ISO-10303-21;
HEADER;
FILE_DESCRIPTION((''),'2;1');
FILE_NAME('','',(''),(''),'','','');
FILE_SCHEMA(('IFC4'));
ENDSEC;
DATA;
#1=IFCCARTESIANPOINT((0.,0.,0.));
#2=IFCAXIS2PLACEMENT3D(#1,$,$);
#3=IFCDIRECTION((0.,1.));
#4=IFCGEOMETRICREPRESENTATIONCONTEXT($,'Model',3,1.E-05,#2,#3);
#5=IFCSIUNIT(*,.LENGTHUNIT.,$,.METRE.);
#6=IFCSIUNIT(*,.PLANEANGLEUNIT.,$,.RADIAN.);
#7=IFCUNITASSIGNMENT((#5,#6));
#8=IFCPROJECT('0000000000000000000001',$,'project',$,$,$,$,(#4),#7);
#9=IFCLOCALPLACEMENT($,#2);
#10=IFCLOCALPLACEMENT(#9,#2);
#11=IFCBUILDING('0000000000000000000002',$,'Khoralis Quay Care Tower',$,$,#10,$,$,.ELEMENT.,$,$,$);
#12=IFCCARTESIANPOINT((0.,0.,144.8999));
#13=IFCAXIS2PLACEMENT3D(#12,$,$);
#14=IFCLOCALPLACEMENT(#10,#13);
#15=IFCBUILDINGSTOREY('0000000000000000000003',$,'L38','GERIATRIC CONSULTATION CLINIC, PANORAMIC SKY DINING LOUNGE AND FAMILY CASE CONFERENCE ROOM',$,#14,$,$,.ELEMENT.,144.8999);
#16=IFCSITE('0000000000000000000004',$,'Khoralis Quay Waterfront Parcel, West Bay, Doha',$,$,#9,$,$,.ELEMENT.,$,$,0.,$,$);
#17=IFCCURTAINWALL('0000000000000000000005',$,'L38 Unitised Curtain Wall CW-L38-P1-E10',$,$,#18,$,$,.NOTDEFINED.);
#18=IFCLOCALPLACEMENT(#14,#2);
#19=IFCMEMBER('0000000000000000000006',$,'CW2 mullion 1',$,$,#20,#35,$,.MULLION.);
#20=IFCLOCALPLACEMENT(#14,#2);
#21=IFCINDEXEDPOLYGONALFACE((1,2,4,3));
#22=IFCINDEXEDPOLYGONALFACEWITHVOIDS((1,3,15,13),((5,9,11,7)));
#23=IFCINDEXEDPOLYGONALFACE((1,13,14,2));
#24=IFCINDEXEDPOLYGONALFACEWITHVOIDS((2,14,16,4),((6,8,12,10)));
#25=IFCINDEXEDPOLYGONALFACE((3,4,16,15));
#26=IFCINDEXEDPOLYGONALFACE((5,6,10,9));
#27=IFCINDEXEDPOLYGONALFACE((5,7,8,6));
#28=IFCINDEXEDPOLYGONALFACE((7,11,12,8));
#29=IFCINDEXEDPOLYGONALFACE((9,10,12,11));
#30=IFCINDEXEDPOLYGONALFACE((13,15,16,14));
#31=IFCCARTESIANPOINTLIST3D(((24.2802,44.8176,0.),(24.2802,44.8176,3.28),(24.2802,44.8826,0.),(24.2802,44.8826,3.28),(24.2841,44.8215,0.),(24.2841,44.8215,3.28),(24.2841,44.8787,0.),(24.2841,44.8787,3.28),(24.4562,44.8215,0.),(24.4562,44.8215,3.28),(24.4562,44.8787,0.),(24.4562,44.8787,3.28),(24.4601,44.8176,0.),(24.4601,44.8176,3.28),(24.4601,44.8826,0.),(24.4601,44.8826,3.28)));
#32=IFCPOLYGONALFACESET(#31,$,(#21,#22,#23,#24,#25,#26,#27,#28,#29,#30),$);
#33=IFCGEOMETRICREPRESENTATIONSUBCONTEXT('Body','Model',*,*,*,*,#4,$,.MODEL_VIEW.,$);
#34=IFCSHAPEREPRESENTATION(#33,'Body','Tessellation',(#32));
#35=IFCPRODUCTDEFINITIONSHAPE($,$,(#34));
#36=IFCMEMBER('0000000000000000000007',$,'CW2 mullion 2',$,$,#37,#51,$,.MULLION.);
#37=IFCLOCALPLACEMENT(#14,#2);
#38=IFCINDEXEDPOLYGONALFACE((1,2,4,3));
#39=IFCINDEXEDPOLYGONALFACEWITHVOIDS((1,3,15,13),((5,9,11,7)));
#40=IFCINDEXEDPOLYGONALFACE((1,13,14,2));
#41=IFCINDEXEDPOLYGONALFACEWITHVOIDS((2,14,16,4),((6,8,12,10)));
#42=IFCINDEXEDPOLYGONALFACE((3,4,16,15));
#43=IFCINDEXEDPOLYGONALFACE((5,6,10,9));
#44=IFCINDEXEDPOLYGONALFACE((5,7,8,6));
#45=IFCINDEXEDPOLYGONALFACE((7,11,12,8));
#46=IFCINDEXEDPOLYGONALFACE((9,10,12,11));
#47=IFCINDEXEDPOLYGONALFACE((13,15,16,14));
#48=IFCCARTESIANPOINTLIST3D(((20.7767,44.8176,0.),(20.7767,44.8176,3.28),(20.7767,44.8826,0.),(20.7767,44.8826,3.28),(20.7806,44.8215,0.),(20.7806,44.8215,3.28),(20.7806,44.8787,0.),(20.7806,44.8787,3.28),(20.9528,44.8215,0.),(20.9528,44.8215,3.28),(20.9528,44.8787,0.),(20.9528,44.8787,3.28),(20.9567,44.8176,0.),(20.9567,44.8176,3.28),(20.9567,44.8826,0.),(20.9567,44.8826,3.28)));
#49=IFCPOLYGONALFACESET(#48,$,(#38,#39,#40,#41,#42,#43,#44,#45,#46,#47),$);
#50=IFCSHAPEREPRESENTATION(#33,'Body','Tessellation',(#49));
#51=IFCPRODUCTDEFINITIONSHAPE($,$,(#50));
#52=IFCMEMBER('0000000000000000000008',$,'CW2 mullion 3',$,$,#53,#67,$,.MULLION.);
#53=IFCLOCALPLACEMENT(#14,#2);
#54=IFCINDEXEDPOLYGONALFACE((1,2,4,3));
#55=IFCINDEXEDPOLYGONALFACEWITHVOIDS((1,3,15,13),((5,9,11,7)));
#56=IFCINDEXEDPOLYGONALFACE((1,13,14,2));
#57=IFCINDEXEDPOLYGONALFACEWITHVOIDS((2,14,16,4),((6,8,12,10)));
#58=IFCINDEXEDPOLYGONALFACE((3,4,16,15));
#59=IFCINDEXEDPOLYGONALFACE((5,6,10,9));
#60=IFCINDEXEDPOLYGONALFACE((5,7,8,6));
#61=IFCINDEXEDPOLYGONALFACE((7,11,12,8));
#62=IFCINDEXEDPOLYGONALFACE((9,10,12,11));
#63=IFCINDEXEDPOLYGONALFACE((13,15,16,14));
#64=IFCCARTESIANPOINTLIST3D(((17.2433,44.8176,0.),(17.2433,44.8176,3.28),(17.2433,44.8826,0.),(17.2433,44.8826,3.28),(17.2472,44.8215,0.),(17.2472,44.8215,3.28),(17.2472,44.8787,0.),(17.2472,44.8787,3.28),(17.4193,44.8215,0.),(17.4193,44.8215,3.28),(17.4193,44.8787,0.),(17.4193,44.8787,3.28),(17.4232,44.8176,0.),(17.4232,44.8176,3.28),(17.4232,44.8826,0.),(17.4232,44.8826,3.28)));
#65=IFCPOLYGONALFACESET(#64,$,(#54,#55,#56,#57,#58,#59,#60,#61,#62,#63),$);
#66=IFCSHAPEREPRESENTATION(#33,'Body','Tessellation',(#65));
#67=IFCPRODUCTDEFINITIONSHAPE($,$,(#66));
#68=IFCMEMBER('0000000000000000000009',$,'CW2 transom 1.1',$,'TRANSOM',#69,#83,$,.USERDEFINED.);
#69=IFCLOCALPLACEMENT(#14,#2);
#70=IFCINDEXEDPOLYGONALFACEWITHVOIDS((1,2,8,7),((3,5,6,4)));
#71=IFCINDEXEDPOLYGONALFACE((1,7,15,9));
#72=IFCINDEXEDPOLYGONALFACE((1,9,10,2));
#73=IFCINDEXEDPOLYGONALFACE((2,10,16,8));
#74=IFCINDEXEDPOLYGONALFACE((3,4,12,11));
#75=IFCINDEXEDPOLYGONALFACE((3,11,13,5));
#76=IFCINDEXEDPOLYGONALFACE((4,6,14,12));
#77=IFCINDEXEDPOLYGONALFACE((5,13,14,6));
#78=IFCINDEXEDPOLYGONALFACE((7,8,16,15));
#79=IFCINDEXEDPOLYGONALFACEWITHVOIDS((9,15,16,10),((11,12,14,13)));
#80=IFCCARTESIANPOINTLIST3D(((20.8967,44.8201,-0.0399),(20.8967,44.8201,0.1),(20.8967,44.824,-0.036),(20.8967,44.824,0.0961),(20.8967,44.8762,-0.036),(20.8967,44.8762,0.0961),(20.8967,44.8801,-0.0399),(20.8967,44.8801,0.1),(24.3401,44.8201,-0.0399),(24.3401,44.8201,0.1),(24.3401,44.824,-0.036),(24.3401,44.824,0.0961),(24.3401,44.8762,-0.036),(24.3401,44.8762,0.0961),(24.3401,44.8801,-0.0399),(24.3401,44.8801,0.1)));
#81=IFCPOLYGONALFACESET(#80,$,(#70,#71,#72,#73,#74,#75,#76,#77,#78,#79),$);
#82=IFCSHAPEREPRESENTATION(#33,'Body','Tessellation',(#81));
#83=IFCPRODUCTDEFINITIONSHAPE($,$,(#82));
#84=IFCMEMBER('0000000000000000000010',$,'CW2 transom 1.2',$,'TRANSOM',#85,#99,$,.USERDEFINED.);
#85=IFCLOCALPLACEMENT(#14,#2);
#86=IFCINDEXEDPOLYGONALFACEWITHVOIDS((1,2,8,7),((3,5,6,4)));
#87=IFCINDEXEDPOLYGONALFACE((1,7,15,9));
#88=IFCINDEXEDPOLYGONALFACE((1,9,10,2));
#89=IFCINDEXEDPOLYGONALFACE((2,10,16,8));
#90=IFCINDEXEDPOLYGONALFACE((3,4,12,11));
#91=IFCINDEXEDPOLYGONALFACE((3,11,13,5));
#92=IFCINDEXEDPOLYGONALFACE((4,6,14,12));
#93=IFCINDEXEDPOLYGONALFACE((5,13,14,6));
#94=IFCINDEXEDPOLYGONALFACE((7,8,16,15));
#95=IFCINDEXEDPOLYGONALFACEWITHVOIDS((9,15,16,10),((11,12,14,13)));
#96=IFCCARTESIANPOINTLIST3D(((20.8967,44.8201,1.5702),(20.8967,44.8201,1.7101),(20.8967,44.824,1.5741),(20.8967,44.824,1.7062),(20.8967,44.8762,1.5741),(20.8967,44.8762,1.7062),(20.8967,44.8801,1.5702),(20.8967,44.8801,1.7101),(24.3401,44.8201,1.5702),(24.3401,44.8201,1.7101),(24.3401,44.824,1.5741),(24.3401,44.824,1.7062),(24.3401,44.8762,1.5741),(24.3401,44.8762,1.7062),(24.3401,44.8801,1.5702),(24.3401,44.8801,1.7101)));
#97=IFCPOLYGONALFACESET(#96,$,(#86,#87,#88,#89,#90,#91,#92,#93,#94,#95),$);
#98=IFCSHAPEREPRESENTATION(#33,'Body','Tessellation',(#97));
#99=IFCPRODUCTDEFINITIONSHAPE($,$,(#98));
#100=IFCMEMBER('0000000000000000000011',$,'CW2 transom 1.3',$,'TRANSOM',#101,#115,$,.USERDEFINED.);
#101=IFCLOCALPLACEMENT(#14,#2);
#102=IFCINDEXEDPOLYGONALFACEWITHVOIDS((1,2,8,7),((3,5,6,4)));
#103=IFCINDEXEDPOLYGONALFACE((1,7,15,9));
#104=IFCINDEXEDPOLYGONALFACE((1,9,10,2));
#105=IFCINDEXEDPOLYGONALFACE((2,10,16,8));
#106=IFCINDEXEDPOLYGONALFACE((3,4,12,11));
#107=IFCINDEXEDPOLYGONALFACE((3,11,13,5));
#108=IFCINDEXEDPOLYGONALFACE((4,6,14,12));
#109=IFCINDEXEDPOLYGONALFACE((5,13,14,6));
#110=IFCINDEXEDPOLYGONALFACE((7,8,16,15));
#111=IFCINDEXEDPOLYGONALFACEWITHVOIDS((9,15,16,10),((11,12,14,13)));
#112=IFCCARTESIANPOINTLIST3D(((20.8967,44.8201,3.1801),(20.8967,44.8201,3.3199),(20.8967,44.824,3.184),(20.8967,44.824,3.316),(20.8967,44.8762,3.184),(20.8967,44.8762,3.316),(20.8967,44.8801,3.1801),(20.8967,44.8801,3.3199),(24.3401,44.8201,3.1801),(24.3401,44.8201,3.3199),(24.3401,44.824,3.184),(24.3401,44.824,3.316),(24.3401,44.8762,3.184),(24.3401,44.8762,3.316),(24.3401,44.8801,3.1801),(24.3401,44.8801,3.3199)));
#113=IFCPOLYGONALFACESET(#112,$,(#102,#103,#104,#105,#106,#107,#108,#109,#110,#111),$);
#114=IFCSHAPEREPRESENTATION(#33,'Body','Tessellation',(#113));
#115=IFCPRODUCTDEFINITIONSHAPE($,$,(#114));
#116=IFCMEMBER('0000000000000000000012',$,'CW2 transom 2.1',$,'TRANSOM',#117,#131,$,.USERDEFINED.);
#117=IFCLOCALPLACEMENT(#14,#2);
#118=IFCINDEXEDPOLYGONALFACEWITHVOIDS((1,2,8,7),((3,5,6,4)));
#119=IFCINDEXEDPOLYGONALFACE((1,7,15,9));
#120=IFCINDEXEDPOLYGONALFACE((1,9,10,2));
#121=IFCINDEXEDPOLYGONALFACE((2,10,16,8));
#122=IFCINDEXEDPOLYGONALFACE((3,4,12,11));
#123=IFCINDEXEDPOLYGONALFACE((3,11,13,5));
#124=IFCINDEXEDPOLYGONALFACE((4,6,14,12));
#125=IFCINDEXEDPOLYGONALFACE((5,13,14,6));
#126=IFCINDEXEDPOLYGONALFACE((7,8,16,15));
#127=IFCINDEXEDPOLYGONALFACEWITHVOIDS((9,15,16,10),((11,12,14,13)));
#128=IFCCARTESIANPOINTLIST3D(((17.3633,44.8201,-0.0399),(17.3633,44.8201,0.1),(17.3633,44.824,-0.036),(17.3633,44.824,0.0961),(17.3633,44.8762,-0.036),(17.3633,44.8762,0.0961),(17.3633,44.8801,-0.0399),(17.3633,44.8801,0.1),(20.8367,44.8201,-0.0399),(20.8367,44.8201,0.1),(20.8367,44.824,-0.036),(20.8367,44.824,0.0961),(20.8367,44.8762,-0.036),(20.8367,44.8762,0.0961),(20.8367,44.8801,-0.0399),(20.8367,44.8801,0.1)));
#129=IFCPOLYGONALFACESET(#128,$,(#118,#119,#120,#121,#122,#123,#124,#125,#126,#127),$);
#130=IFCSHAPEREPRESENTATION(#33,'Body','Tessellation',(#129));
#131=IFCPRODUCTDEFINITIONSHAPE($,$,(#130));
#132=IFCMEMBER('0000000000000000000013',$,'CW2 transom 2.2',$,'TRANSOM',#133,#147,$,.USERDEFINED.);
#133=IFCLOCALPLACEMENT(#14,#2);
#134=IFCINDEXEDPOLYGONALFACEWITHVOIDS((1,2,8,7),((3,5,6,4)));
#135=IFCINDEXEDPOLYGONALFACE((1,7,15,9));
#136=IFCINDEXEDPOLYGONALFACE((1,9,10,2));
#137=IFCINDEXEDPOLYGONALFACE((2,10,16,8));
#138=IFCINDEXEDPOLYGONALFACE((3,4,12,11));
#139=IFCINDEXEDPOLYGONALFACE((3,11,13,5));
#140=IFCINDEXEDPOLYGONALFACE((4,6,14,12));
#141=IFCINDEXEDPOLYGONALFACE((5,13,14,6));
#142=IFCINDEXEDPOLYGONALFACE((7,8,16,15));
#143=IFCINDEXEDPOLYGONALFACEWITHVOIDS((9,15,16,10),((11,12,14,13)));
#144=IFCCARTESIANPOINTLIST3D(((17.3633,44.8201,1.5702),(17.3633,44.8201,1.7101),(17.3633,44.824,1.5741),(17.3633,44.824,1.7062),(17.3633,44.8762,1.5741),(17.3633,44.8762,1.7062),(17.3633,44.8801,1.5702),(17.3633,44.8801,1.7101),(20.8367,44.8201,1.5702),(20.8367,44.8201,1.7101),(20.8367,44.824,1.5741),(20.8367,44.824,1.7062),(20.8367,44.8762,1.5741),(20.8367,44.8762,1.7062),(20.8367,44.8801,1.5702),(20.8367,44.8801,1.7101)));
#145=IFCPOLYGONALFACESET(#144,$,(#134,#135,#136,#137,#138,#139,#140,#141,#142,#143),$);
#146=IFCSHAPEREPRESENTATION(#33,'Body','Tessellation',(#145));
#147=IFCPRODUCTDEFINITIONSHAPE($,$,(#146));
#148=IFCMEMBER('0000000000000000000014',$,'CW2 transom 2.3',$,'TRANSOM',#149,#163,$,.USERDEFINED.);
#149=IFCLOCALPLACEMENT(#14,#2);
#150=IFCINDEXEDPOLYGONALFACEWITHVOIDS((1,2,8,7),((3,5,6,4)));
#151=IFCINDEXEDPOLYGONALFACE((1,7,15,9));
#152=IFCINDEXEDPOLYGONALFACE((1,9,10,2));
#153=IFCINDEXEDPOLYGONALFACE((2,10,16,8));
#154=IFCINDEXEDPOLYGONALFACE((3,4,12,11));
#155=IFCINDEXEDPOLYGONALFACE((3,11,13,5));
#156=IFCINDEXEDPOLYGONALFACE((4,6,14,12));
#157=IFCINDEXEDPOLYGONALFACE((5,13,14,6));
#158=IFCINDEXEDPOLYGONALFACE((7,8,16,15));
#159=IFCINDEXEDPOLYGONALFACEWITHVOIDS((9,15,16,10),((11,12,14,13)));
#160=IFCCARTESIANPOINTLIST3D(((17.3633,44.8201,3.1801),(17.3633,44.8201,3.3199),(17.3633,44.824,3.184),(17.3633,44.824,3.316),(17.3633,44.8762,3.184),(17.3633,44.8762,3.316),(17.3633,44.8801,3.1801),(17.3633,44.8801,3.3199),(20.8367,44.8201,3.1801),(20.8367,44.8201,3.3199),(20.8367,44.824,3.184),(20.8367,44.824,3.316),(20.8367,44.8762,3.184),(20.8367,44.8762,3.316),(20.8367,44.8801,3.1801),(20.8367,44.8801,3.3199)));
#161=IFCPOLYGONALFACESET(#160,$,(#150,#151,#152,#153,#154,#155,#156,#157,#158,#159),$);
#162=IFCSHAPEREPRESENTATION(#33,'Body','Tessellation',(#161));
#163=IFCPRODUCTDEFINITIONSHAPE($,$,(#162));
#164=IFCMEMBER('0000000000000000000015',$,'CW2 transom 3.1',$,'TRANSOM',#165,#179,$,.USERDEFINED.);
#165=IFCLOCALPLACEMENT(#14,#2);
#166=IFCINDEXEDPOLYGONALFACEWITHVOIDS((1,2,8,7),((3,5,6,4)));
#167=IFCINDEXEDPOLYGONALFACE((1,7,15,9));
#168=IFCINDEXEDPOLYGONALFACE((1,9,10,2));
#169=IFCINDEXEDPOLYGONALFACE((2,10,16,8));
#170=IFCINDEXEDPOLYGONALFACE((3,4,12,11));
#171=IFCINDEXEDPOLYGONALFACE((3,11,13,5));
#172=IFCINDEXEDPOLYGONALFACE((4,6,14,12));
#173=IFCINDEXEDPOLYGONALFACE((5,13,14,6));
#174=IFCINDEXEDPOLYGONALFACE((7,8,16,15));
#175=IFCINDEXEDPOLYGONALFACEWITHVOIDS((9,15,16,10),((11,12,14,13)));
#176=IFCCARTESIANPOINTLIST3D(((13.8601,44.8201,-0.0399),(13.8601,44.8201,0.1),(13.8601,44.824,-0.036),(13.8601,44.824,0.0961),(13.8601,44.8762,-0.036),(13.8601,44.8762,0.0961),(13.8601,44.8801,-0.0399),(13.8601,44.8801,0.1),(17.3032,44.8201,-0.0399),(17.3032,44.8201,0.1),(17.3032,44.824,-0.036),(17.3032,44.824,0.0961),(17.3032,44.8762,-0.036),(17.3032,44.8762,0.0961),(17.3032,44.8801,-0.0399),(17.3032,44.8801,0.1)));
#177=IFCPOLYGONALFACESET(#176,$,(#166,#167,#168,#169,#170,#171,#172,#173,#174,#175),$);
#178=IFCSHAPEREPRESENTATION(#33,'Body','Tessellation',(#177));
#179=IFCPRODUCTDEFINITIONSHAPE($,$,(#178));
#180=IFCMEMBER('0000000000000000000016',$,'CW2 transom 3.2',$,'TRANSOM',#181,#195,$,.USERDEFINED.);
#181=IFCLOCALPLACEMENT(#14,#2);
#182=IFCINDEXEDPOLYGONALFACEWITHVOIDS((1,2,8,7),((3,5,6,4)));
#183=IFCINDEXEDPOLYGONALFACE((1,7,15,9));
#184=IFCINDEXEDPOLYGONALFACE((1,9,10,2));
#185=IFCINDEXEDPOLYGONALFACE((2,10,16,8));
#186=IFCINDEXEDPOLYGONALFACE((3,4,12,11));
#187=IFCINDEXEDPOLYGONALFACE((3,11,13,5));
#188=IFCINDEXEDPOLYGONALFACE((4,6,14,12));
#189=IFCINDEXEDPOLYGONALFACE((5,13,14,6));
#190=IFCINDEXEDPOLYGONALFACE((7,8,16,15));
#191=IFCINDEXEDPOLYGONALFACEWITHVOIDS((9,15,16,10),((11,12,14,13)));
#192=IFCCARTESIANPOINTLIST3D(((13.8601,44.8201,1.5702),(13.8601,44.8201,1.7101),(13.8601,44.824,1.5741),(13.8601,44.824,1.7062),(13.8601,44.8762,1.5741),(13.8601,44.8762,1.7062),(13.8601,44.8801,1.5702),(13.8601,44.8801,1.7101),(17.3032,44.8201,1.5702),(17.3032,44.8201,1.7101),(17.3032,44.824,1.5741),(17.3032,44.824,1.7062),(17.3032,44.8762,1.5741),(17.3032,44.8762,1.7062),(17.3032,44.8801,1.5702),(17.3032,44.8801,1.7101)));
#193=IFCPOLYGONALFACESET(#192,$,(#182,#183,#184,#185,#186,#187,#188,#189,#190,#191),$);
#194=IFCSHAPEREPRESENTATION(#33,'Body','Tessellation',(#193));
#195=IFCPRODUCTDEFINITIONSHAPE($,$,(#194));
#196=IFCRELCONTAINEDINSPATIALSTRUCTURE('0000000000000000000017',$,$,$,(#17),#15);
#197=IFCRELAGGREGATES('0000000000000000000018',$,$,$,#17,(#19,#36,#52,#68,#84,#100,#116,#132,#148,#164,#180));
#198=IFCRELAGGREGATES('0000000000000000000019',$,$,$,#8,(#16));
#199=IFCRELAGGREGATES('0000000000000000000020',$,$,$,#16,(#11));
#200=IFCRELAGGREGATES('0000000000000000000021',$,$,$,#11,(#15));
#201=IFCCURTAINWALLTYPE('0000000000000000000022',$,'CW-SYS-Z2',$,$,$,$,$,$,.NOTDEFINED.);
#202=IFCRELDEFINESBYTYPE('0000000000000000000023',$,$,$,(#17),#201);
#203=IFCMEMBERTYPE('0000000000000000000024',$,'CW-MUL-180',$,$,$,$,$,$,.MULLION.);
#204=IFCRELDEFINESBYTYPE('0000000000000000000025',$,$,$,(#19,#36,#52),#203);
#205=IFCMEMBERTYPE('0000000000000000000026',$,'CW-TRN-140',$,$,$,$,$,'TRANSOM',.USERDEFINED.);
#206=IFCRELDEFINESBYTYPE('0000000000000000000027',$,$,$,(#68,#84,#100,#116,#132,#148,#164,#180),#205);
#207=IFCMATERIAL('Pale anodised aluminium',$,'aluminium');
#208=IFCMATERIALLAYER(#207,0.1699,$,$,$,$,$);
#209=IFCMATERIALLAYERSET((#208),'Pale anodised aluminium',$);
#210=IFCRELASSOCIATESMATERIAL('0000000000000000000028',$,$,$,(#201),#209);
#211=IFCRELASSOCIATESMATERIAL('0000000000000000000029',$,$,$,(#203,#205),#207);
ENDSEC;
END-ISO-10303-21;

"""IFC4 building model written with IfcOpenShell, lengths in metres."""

from ifc_helpers import new_model, si_unit, direction, frame, origin, origin_2d, place, context, subcontext, project, spatial, hollow_rectangle, extrude, source, transform, mapped, material, layer, layer_set, material_profile, profile_set, type_object, element, aggregate, save


model = new_model("IFC4")

# Units and contexts
model_context = context("Model", 3, precision=1e-05, world=origin(), true_north=direction((0.0, 1.0)))
body_context = subcontext(model_context, "Body", "Model", "MODEL_VIEW")
ifc_project = project(units=[si_unit("LENGTHUNIT", "METRE"), si_unit("PLANEANGLEUNIT", "RADIAN")], contexts=[model_context])

# Site, building, storey
site_placement = place(None, origin())
site = spatial("IfcSite", under=ifc_project, at=site_placement, Name="Khoralis Quay Waterfront Parcel, West Bay, Doha", CompositionType="ELEMENT", RefElevation=0.0)
building_placement = place(site_placement, origin())
building = spatial("IfcBuilding", under=site, at=building_placement, Name="Khoralis Quay Care Tower", CompositionType="ELEMENT")
storey_placement = place(building_placement, frame((0.0, 0.0, 144.8999)))
storey = spatial("IfcBuildingStorey", under=building, at=storey_placement, Name="L38", Description="GERIATRIC CONSULTATION CLINIC, PANORAMIC SKY DINING LOUNGE AND FAMILY CASE CONFERENCE ROOM", CompositionType="ELEMENT", Elevation=144.8999)

# Curtain wall, members
ifc_material_1 = material(Name="Pale anodised aluminium", Category="aluminium")
ifc_layer_1 = layer(ifc_material_1, 0.1699)
ifc_layer_set_1 = layer_set([ifc_layer_1], Name="Pale anodised aluminium")
curtain_wall_type = type_object("IfcCurtainWallType", Name="CW-SYS-Z2", PredefinedType="NOTDEFINED", material=ifc_layer_set_1)
curtain_wall_placement = place(storey_placement, origin())
curtain_wall = element("IfcCurtainWall", 1, at=curtain_wall_placement, inside=storey, type_object=curtain_wall_type, Name="L38 Unitised Curtain Wall CW-L38-P1-E10", PredefinedType="NOTDEFINED")
ifc_material_profile_1 = material_profile(ifc_material_1, hollow_rectangle(XDim=0.0649, YDim=0.1799, WallThickness=0.0039, at=origin_2d()), Name="Pale anodised aluminium")
ifc_profile_set_1 = profile_set([ifc_material_profile_1], Name="Pale anodised aluminium")
member_type_1 = type_object("IfcMemberType", Name="CW-MUL-180", PredefinedType="MULLION", material=ifc_profile_set_1)
shared_shape_1 = source(origin(), body_context, "Body", "SweptSolid", [
    extrude(hollow_rectangle(XDim=0.0649, YDim=0.1799, WallThickness=0.0039, at=origin_2d()), origin(), (0.0, 0.0, 1.0), 3.28),
])
member_1_placement = place(storey_placement, frame((24.3701, 44.8501, 0.0), z_axis=(0.0, 0.0, 1.0), x_axis=(0.0, -1.0, 0.0)))
member_1 = element("IfcMember", 2, at=member_1_placement, type_object=member_type_1, Name="CW2 mullion 1", PredefinedType="MULLION", context=body_context, shape_type="MappedRepresentation", body=[
    mapped(shared_shape_1, transform((0.0, 0.0, 0.0), scale=1.0)),
])
member_2_placement = place(storey_placement, frame((20.8667, 44.8501, 0.0), z_axis=(0.0, 0.0, 1.0), x_axis=(0.0, -1.0, 0.0)))
member_2 = element("IfcMember", 3, at=member_2_placement, type_object=member_type_1, Name="CW2 mullion 2", PredefinedType="MULLION", context=body_context, shape_type="MappedRepresentation", body=[
    mapped(shared_shape_1, transform((0.0, 0.0, 0.0), scale=1.0)),
])
member_3_placement = place(storey_placement, frame((17.3333, 44.8501, 0.0), z_axis=(0.0, 0.0, 1.0), x_axis=(0.0, -1.0, 0.0)))
member_3 = element("IfcMember", 4, at=member_3_placement, type_object=member_type_1, Name="CW2 mullion 3", PredefinedType="MULLION", context=body_context, shape_type="MappedRepresentation", body=[
    mapped(shared_shape_1, transform((0.0, 0.0, 0.0), scale=1.0)),
])
ifc_material_profile_2 = material_profile(ifc_material_1, hollow_rectangle(XDim=0.0601, YDim=0.1399, WallThickness=0.0039, at=origin_2d()), Name="Pale anodised aluminium")
ifc_profile_set_2 = profile_set([ifc_material_profile_2], Name="Pale anodised aluminium")
member_type_2 = type_object("IfcMemberType", Name="CW-TRN-140", ElementType="TRANSOM", PredefinedType="USERDEFINED", material=ifc_profile_set_2)
shared_shape_2 = source(origin(), body_context, "Body", "SweptSolid", [
    extrude(hollow_rectangle(XDim=0.0601, YDim=0.1399, WallThickness=0.0039, at=origin_2d()), origin(), (0.0, 0.0, 1.0), 3.4434),
])
member_4_placement = place(storey_placement, frame((24.3401, 44.8501, 0.03), z_axis=(-1.0, 0.0, 0.0), x_axis=(0.0, -1.0, 0.0)))
member_4 = element("IfcMember", 5, at=member_4_placement, type_object=member_type_2, Name="CW2 transom 1.1", ObjectType="TRANSOM", PredefinedType="USERDEFINED", context=body_context, shape_type="MappedRepresentation", body=[
    mapped(shared_shape_2, transform((0.0, 0.0, 0.0), scale=1.0)),
])
member_5_placement = place(storey_placement, frame((24.3401, 44.8501, 1.6401), z_axis=(-1.0, 0.0, 0.0), x_axis=(0.0, -1.0, 0.0)))
member_5 = element("IfcMember", 6, at=member_5_placement, type_object=member_type_2, Name="CW2 transom 1.2", ObjectType="TRANSOM", PredefinedType="USERDEFINED", context=body_context, shape_type="MappedRepresentation", body=[
    mapped(shared_shape_2, transform((0.0, 0.0, 0.0), scale=1.0)),
])
member_6_placement = place(storey_placement, frame((24.3401, 44.8501, 3.25), z_axis=(-1.0, 0.0, 0.0), x_axis=(0.0, -1.0, 0.0)))
member_6 = element("IfcMember", 7, at=member_6_placement, type_object=member_type_2, Name="CW2 transom 1.3", ObjectType="TRANSOM", PredefinedType="USERDEFINED", context=body_context, shape_type="MappedRepresentation", body=[
    mapped(shared_shape_2, transform((0.0, 0.0, 0.0), scale=1.0)),
])
shared_shape_3 = source(origin(), body_context, "Body", "SweptSolid", [
    extrude(hollow_rectangle(XDim=0.0601, YDim=0.1399, WallThickness=0.0039, at=origin_2d()), origin(), (0.0, 0.0, 1.0), 3.4734),
])
member_7_placement = place(storey_placement, frame((20.8367, 44.8501, 0.03), z_axis=(-1.0, 0.0, 0.0), x_axis=(0.0, -1.0, 0.0)))
member_7 = element("IfcMember", 8, at=member_7_placement, type_object=member_type_2, Name="CW2 transom 2.1", ObjectType="TRANSOM", PredefinedType="USERDEFINED", context=body_context, shape_type="MappedRepresentation", body=[
    mapped(shared_shape_3, transform((0.0, 0.0, 0.0), scale=1.0)),
])
member_8_placement = place(storey_placement, frame((20.8367, 44.8501, 1.6401), z_axis=(-1.0, 0.0, 0.0), x_axis=(0.0, -1.0, 0.0)))
member_8 = element("IfcMember", 9, at=member_8_placement, type_object=member_type_2, Name="CW2 transom 2.2", ObjectType="TRANSOM", PredefinedType="USERDEFINED", context=body_context, shape_type="MappedRepresentation", body=[
    mapped(shared_shape_3, transform((0.0, 0.0, 0.0), scale=1.0)),
])
member_9_placement = place(storey_placement, frame((20.8367, 44.8501, 3.25), z_axis=(-1.0, 0.0, 0.0), x_axis=(0.0, -1.0, 0.0)))
member_9 = element("IfcMember", 10, at=member_9_placement, type_object=member_type_2, Name="CW2 transom 2.3", ObjectType="TRANSOM", PredefinedType="USERDEFINED", context=body_context, shape_type="MappedRepresentation", body=[
    mapped(shared_shape_3, transform((0.0, 0.0, 0.0), scale=1.0)),
])
shared_shape_4 = source(origin(), body_context, "Body", "SweptSolid", [
    extrude(hollow_rectangle(XDim=0.0601, YDim=0.1399, WallThickness=0.0039, at=origin_2d()), origin(), (0.0, 0.0, 1.0), 3.4431),
])
member_10_placement = place(storey_placement, frame((17.3032, 44.8501, 0.03), z_axis=(-1.0, 0.0, 0.0), x_axis=(0.0, -1.0, 0.0)))
member_10 = element("IfcMember", 11, at=member_10_placement, type_object=member_type_2, Name="CW2 transom 3.1", ObjectType="TRANSOM", PredefinedType="USERDEFINED", context=body_context, shape_type="MappedRepresentation", body=[
    mapped(shared_shape_4, transform((0.0, 0.0, 0.0), scale=1.0)),
])
member_11_placement = place(storey_placement, frame((17.3032, 44.8501, 1.6401), z_axis=(-1.0, 0.0, 0.0), x_axis=(0.0, -1.0, 0.0)))
member_11 = element("IfcMember", 12, at=member_11_placement, type_object=member_type_2, Name="CW2 transom 3.2", ObjectType="TRANSOM", PredefinedType="USERDEFINED", context=body_context, shape_type="MappedRepresentation", body=[
    mapped(shared_shape_4, transform((0.0, 0.0, 0.0), scale=1.0)),
])
aggregate(curtain_wall, [member_1, member_2, member_3, member_4, member_5, member_6, member_7, member_8, member_9, member_10, member_11])

save(model, "model.ifc")
